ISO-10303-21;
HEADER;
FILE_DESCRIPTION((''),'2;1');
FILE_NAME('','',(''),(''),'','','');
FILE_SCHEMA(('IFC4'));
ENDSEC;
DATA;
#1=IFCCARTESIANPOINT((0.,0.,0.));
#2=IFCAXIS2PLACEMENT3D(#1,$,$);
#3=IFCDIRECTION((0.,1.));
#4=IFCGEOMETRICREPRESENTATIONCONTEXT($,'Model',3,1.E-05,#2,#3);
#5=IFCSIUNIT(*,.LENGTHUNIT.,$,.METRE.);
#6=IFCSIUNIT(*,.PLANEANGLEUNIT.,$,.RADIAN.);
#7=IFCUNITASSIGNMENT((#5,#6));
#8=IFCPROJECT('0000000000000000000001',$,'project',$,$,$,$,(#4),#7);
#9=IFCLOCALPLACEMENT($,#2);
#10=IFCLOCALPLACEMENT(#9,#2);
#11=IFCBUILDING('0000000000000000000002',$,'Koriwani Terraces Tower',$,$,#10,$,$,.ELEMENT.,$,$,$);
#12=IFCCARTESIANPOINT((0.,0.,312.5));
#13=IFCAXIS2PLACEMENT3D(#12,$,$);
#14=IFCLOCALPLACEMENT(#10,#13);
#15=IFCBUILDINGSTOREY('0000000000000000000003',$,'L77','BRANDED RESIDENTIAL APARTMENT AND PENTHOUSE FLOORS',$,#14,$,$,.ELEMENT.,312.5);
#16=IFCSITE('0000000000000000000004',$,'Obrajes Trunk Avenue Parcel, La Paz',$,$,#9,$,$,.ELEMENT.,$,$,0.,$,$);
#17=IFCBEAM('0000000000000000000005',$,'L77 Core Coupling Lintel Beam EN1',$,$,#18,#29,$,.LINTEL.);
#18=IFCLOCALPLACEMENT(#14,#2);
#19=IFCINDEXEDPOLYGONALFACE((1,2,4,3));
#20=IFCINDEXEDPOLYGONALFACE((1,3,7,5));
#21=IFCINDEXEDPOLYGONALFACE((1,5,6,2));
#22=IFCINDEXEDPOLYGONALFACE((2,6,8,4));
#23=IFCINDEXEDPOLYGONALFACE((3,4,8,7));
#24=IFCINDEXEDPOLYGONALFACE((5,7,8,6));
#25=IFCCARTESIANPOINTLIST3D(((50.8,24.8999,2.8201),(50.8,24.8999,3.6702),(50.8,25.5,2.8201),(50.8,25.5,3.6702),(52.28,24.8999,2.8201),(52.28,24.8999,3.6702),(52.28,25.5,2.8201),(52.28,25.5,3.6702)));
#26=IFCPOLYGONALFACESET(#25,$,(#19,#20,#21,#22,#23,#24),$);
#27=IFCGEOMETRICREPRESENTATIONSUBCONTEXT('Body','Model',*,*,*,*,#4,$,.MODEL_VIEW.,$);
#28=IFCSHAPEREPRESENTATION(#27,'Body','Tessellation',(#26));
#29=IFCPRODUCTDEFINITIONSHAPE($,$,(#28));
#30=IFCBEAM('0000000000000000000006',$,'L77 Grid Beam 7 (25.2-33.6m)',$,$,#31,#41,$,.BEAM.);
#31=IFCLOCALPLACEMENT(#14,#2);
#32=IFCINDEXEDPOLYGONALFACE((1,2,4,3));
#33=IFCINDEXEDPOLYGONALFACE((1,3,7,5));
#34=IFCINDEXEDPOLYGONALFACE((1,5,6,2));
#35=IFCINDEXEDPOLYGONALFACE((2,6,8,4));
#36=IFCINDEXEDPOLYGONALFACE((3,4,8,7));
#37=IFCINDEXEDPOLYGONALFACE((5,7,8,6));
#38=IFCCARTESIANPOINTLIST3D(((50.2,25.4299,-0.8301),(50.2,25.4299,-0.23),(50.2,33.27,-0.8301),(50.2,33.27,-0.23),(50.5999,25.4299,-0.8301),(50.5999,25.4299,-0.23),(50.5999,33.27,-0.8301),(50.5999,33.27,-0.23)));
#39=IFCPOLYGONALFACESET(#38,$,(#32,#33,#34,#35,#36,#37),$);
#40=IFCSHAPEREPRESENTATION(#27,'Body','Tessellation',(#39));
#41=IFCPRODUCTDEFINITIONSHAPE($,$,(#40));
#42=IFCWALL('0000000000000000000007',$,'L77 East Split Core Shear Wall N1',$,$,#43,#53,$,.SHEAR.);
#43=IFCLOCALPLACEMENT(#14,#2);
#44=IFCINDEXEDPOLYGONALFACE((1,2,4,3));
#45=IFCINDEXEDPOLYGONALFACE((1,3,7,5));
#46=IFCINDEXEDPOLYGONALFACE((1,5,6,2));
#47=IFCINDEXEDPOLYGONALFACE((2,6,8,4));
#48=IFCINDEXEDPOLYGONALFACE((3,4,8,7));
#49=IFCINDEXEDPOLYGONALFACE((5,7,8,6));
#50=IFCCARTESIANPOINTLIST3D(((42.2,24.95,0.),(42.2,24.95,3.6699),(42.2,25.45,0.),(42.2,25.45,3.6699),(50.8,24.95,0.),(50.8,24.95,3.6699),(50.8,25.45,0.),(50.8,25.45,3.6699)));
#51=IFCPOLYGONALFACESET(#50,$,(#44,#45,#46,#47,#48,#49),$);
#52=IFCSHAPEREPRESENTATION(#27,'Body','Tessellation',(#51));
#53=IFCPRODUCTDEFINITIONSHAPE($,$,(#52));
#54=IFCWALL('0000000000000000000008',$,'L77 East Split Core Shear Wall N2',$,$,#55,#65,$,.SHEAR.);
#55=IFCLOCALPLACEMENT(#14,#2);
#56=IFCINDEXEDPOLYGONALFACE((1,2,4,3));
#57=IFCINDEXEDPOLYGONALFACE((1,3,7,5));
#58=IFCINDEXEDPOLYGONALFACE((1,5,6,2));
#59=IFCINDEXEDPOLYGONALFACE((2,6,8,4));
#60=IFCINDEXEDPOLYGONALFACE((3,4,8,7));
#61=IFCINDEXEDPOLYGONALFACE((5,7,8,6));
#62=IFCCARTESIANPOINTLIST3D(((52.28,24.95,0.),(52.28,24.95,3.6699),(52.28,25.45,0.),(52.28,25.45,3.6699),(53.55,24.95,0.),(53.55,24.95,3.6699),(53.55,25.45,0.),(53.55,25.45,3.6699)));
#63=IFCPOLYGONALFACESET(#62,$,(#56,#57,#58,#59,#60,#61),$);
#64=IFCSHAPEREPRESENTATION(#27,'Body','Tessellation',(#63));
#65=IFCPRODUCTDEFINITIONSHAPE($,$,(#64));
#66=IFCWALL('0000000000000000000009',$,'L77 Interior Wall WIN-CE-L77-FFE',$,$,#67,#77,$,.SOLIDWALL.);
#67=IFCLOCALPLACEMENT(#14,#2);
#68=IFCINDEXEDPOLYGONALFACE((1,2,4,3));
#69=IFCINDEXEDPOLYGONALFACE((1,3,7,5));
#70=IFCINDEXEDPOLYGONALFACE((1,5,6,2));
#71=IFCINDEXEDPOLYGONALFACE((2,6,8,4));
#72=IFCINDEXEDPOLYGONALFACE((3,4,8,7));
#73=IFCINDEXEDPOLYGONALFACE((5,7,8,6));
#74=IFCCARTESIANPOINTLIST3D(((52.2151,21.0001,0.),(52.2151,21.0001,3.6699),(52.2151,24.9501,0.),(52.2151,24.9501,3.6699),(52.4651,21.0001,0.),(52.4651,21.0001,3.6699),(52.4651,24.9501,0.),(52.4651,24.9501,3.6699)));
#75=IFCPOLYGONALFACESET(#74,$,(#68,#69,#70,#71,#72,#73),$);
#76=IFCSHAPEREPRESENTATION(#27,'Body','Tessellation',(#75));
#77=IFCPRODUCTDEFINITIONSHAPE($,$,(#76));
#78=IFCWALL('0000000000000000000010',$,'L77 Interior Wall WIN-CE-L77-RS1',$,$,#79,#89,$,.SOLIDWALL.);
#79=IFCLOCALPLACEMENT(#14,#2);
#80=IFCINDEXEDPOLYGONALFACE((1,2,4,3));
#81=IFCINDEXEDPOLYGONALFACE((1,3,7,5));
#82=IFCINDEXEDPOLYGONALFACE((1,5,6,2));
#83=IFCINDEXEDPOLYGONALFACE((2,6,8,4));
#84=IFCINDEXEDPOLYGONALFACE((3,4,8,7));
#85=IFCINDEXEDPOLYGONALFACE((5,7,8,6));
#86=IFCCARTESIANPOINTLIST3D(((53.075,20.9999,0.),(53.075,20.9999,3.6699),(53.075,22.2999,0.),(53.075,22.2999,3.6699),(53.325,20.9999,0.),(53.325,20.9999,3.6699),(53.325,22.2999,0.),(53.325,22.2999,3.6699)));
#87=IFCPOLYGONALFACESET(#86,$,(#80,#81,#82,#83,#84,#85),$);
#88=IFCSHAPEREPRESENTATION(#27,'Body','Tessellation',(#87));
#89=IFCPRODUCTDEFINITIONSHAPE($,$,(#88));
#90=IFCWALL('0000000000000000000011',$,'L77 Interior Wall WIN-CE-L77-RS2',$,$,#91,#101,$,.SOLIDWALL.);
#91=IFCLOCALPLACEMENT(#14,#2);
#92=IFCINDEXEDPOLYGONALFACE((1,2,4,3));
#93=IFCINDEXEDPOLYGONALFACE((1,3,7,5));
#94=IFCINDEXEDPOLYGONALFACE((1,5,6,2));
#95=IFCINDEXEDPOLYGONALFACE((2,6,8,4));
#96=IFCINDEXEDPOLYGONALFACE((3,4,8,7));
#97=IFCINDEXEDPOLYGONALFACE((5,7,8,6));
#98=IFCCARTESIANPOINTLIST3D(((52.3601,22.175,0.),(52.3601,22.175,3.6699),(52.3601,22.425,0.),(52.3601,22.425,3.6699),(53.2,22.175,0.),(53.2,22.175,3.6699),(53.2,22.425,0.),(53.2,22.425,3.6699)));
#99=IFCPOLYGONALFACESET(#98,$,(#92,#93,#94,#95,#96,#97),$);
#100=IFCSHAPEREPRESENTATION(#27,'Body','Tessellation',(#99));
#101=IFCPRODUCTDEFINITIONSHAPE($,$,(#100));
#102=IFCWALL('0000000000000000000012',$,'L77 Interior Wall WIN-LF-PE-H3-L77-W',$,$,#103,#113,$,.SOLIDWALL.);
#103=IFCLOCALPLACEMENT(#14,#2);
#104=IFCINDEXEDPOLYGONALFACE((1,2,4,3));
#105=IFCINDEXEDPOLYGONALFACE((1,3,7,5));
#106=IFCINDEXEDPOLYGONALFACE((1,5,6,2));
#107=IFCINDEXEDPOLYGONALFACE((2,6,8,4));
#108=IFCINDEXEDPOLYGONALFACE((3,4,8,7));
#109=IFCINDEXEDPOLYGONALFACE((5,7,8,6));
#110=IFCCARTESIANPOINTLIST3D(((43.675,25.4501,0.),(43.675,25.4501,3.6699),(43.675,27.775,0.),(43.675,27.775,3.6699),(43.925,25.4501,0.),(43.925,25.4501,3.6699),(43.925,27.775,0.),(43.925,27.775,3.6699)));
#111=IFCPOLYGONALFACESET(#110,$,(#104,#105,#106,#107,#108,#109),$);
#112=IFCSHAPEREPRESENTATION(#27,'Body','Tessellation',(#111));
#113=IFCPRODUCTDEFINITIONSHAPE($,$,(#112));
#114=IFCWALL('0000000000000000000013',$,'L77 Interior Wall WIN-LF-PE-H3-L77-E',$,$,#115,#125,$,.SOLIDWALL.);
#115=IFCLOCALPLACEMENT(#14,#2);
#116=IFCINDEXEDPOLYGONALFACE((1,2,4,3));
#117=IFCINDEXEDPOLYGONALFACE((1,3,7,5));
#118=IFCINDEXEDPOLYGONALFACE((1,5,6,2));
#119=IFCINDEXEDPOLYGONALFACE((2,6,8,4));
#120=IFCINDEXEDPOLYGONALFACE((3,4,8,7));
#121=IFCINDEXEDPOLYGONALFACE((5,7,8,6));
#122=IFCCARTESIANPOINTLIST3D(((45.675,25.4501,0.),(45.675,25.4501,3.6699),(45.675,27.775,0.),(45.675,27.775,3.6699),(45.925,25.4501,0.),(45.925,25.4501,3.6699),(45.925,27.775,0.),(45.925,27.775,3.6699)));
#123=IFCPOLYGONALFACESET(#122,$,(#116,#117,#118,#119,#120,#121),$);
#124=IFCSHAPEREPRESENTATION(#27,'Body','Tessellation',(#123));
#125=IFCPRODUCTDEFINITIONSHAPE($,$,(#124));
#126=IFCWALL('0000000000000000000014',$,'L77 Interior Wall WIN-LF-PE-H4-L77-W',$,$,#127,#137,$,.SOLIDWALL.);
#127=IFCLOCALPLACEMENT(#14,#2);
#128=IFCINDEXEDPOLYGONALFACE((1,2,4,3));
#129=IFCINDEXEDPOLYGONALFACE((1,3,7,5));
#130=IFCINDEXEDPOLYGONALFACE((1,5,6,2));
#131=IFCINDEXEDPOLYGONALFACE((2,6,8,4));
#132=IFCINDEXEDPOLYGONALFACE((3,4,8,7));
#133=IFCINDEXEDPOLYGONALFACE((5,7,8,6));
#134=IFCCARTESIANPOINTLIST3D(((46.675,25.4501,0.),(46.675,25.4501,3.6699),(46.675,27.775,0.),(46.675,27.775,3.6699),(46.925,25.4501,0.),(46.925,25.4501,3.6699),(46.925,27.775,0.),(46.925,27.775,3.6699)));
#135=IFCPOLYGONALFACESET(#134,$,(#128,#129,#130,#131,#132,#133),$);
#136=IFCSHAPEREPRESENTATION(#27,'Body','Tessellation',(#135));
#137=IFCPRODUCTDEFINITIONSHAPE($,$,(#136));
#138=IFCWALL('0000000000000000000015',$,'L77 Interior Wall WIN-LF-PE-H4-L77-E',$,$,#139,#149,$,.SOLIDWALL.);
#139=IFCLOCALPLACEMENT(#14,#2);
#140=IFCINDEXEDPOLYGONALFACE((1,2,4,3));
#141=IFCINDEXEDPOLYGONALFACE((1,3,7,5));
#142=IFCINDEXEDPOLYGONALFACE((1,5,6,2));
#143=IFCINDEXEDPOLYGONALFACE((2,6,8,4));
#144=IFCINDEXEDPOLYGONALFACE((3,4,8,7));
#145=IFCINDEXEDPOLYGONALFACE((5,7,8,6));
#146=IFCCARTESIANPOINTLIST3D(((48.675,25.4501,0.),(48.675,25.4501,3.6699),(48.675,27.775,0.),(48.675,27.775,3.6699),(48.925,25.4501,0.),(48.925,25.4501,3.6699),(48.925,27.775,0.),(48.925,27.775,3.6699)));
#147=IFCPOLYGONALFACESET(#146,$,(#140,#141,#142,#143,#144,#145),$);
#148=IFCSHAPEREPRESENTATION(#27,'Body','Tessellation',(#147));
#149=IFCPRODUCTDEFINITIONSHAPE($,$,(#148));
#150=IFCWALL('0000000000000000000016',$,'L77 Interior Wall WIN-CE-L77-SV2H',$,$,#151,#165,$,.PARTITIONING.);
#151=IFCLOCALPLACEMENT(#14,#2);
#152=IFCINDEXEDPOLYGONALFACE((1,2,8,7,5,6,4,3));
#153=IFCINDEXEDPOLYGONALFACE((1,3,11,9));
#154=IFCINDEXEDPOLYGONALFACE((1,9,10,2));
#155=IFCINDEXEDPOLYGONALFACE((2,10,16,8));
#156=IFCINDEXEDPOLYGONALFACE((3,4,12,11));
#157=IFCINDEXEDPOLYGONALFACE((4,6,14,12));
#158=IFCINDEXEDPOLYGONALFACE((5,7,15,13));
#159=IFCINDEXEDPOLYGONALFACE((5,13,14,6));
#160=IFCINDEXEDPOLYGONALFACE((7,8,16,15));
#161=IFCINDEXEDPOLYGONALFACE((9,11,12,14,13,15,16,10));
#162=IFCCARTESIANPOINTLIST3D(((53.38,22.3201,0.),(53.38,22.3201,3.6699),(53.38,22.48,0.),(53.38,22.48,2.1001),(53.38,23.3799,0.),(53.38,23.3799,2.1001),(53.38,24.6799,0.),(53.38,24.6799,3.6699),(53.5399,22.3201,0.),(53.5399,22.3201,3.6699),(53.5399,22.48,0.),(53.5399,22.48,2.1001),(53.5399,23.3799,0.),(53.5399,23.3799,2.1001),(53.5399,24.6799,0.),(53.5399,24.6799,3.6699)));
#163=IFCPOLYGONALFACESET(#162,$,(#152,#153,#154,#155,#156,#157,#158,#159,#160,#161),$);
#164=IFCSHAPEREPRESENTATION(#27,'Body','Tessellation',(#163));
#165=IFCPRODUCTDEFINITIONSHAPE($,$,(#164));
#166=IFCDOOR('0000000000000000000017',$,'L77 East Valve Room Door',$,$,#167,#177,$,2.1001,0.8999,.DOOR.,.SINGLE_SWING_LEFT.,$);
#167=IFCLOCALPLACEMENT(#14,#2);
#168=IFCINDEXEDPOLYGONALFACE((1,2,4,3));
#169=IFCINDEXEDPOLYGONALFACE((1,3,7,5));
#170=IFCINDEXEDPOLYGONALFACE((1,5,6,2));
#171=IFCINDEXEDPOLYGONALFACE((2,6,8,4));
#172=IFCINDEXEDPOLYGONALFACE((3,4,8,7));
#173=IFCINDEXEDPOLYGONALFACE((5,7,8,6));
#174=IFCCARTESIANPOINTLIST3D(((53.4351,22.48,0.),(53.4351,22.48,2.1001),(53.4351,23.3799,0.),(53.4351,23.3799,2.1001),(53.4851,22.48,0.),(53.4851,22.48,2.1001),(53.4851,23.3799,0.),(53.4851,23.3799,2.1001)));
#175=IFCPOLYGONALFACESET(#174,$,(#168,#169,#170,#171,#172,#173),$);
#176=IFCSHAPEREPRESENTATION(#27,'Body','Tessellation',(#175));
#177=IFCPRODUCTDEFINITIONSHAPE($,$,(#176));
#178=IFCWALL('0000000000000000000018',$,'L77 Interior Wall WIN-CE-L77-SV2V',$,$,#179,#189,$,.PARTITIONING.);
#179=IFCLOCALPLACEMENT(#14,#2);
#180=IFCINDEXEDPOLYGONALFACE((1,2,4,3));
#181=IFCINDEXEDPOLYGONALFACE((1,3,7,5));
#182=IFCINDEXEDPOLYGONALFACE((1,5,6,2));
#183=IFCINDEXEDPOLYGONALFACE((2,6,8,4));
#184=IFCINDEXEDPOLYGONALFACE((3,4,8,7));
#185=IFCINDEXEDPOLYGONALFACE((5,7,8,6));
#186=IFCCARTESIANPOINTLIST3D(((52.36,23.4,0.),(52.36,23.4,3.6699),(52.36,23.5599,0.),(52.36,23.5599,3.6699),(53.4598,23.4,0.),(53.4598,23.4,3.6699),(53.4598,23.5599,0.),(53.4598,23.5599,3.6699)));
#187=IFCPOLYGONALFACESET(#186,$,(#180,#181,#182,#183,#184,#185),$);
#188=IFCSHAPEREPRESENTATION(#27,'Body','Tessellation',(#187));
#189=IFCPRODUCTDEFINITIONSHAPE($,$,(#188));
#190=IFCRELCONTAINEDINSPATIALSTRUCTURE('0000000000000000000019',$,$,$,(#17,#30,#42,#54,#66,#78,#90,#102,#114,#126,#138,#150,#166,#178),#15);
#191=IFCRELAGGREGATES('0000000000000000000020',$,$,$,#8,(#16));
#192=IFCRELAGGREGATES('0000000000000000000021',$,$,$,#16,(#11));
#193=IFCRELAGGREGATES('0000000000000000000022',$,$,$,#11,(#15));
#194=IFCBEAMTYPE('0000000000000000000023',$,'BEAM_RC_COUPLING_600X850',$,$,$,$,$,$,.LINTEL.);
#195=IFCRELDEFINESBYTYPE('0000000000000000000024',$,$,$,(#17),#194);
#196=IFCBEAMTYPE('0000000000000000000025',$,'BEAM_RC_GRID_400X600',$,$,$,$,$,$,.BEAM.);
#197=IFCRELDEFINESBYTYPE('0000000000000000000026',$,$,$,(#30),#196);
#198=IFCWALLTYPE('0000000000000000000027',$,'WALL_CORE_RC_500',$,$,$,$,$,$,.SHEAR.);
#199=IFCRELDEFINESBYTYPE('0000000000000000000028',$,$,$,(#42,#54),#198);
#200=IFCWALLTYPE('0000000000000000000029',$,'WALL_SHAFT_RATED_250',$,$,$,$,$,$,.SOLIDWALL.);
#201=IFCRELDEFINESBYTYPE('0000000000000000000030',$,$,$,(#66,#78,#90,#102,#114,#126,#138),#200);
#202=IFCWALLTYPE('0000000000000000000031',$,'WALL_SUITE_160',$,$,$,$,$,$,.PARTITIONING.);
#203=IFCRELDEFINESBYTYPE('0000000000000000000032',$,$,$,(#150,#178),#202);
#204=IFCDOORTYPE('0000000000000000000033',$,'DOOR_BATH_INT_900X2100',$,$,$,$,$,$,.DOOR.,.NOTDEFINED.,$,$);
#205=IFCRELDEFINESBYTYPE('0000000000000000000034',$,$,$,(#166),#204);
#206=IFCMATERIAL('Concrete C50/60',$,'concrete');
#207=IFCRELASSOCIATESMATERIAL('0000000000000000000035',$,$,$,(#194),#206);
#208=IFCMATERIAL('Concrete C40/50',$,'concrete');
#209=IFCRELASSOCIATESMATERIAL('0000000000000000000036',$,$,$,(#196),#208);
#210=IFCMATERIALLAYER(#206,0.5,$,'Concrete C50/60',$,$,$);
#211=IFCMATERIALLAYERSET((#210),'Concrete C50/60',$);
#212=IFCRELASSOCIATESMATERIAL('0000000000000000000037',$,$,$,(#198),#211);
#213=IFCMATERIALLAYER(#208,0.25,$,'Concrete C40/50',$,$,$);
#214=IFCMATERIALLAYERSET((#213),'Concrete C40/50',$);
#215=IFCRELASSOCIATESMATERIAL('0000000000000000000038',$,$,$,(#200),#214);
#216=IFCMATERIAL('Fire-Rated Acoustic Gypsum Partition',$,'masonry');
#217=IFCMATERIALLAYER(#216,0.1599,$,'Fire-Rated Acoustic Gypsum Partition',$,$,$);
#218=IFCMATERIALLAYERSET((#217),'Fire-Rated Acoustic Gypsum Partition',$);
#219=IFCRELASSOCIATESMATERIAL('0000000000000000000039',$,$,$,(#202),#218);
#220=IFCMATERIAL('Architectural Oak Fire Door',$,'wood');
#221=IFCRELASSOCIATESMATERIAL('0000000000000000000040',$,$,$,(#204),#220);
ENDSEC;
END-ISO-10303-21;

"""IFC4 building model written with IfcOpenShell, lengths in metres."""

from ifc_helpers import new_model, si_unit, direction, frame, frame_2d, origin, origin_2d, place, context, subcontext, project, spatial, rectangle, extrude, material, layer, layer_set, material_profile, profile_set, type_object, element, fill, save


model = new_model("IFC4")

# Units and contexts
model_context = context("Model", 3, precision=1e-05, world=origin(), true_north=direction((0.0, 1.0)))
body_context = subcontext(model_context, "Body", "Model", "MODEL_VIEW")
ifc_project = project(units=[si_unit("LENGTHUNIT", "METRE"), si_unit("PLANEANGLEUNIT", "RADIAN")], contexts=[model_context])

# Site, building, storey
site_placement = place(None, origin())
site = spatial("IfcSite", under=ifc_project, at=site_placement, Name="Obrajes Trunk Avenue Parcel, La Paz", CompositionType="ELEMENT", RefElevation=0.0)
building_placement = place(site_placement, origin())
building = spatial("IfcBuilding", under=site, at=building_placement, Name="Koriwani Terraces Tower", CompositionType="ELEMENT")
storey_placement = place(building_placement, frame((0.0, 0.0, 312.5)))
storey = spatial("IfcBuildingStorey", under=building, at=storey_placement, Name="L77", Description="BRANDED RESIDENTIAL APARTMENT AND PENTHOUSE FLOORS", CompositionType="ELEMENT", Elevation=312.5)

# Beams
ifc_material_1 = material(Name="Concrete C50/60", Category="concrete")
ifc_material_profile_1 = material_profile(ifc_material_1, rectangle(XDim=0.6001, YDim=0.8501, at=origin_2d()), Name="Concrete C50/60", Category="LoadBearing")
ifc_profile_set_1 = profile_set([ifc_material_profile_1], Name="Concrete C50/60")
beam_type_1 = type_object("IfcBeamType", Name="BEAM_RC_COUPLING_600X850", PredefinedType="LINTEL", material=ifc_profile_set_1)
beam_1_placement = place(storey_placement, frame((50.8, 25.2, 3.2451), z_axis=(1.0, 0.0, 0.0), x_axis=(0.0, 1.0, 0.0)))
element("IfcBeam", 1, at=beam_1_placement, inside=storey, type_object=beam_type_1, Name="L77 Core Coupling Lintel Beam EN1", PredefinedType="LINTEL", context=body_context, shape_type="SweptSolid", body=[
    extrude(rectangle(XDim=0.6001, YDim=0.8501, at=origin_2d()), origin(), (0.0, 0.0, 1.0), 1.48),
])
ifc_material_2 = material(Name="Concrete C40/50", Category="concrete")
ifc_material_profile_2 = material_profile(ifc_material_2, rectangle(XDim=0.3999, YDim=0.6001, at=origin_2d()), Name="Concrete C40/50", Category="LoadBearing")
ifc_profile_set_2 = profile_set([ifc_material_profile_2], Name="Concrete C40/50")
beam_type_2 = type_object("IfcBeamType", Name="BEAM_RC_GRID_400X600", PredefinedType="BEAM", material=ifc_profile_set_2)
beam_2_placement = place(storey_placement, frame((50.3999, 25.4299, -0.53), z_axis=(0.0, 1.0, 0.0), x_axis=(-1.0, 0.0, 0.0)))
element("IfcBeam", 2, at=beam_2_placement, inside=storey, type_object=beam_type_2, Name="L77 Grid Beam 7 (25.2-33.6m)", PredefinedType="BEAM", context=body_context, shape_type="SweptSolid", body=[
    extrude(rectangle(XDim=0.3999, YDim=0.6001, at=origin_2d()), origin(), (0.0, 0.0, 1.0), 7.8401),
])

# Walls
ifc_layer_1 = layer(ifc_material_1, 0.5, Name="Concrete C50/60")
ifc_layer_set_1 = layer_set([ifc_layer_1], Name="Concrete C50/60")
wall_type_1 = type_object("IfcWallType", Name="WALL_CORE_RC_500", PredefinedType="SHEAR", material=ifc_layer_set_1)
wall_1_placement = place(storey_placement, frame((42.2, 25.2, 0.0), z_axis=(0.0, 0.0, 1.0), x_axis=(1.0, 0.0, 0.0)))
element("IfcWall", 3, at=wall_1_placement, inside=storey, type_object=wall_type_1, Name="L77 East Split Core Shear Wall N1", PredefinedType="SHEAR", context=body_context, shape_type="SweptSolid", body=[
    extrude(rectangle(XDim=8.6001, YDim=0.5, at=frame_2d((4.3, 0.0))), origin(), (0.0, 0.0, 1.0), 3.6699),
])
wall_2_placement = place(storey_placement, frame((52.28, 25.2, 0.0), z_axis=(0.0, 0.0, 1.0), x_axis=(1.0, 0.0, 0.0)))
element("IfcWall", 4, at=wall_2_placement, inside=storey, type_object=wall_type_1, Name="L77 East Split Core Shear Wall N2", PredefinedType="SHEAR", context=body_context, shape_type="SweptSolid", body=[
    extrude(rectangle(XDim=1.27, YDim=0.5, at=frame_2d((0.635, 0.0))), origin(), (0.0, 0.0, 1.0), 3.6699),
])

# Shared definitions
ifc_layer_2 = layer(ifc_material_2, 0.25, Name="Concrete C40/50")
ifc_layer_set_2 = layer_set([ifc_layer_2], Name="Concrete C40/50")
wall_type_2 = type_object("IfcWallType", Name="WALL_SHAFT_RATED_250", PredefinedType="SOLIDWALL", material=ifc_layer_set_2)

# Walls
wall_3_placement = place(storey_placement, frame((52.3401, 21.0, 0.0), z_axis=(0.0, 0.0, 1.0), x_axis=(0.0, 1.0, 0.0)))
element("IfcWall", 5, at=wall_3_placement, inside=storey, type_object=wall_type_2, Name="L77 Interior Wall WIN-CE-L77-FFE", PredefinedType="SOLIDWALL", context=body_context, shape_type="SweptSolid", body=[
    extrude(rectangle(XDim=3.95, YDim=0.25, at=frame_2d((1.9751, 0.0))), origin(), (0.0, 0.0, 1.0), 3.6699),
])
wall_4_placement = place(storey_placement, frame((53.2, 21.0, 0.0), z_axis=(0.0, 0.0, 1.0), x_axis=(0.0, 1.0, 0.0)))
element("IfcWall", 6, at=wall_4_placement, inside=storey, type_object=wall_type_2, Name="L77 Interior Wall WIN-CE-L77-RS1", PredefinedType="SOLIDWALL", context=body_context, shape_type="SweptSolid", body=[
    extrude(rectangle(XDim=1.3, YDim=0.25, at=frame_2d((0.6499, 0.0))), origin(), (0.0, 0.0, 1.0), 3.6699),
])
wall_5_placement = place(storey_placement, frame((52.3601, 22.3, 0.0), z_axis=(0.0, 0.0, 1.0), x_axis=(1.0, 0.0, 0.0)))
element("IfcWall", 7, at=wall_5_placement, inside=storey, type_object=wall_type_2, Name="L77 Interior Wall WIN-CE-L77-RS2", PredefinedType="SOLIDWALL", context=body_context, shape_type="SweptSolid", body=[
    extrude(rectangle(XDim=0.8398, YDim=0.25, at=frame_2d((0.4199, 0.0))), origin(), (0.0, 0.0, 1.0), 3.6699),
])

# Walls
for number, where, z_axis, x_axis, name in (
    (8, (43.8, 25.45, 0.0), (0.0, 0.0, 1.0), (0.0, 1.0, 0.0), "L77 Interior Wall WIN-LF-PE-H3-L77-W"),
    (9, (45.8, 25.45, 0.0), (0.0, 0.0, 1.0), (0.0, 1.0, 0.0), "L77 Interior Wall WIN-LF-PE-H3-L77-E"),
    (10, (46.8, 25.45, 0.0), (0.0, 0.0, 1.0), (0.0, 1.0, 0.0), "L77 Interior Wall WIN-LF-PE-H4-L77-W"),
    (11, (48.8, 25.45, 0.0), (0.0, 0.0, 1.0), (0.0, 1.0, 0.0), "L77 Interior Wall WIN-LF-PE-H4-L77-E"),
):
    element("IfcWall", number, at=place(storey_placement, frame(where, z_axis=z_axis, x_axis=x_axis)), inside=storey, type_object=wall_type_2, Name=name, PredefinedType="SOLIDWALL", context=body_context, shape_type="SweptSolid", body=[
        extrude(rectangle(XDim=2.325, YDim=0.25, at=frame_2d((1.1626, 0.0))), origin(), (0.0, 0.0, 1.0), 3.6699),
    ])

# Wall, opening, door
ifc_material_3 = material(Name="Fire-Rated Acoustic Gypsum Partition", Category="masonry")
ifc_layer_3 = layer(ifc_material_3, 0.1599, Name="Fire-Rated Acoustic Gypsum Partition")
ifc_layer_set_3 = layer_set([ifc_layer_3], Name="Fire-Rated Acoustic Gypsum Partition")
wall_type_3 = type_object("IfcWallType", Name="WALL_SUITE_160", PredefinedType="PARTITIONING", material=ifc_layer_set_3)
wall_6_placement = place(storey_placement, frame((53.46, 22.3201, 0.0), z_axis=(0.0, 0.0, 1.0), x_axis=(0.0, 1.0, 0.0)))
wall_6 = element("IfcWall", 12, at=wall_6_placement, inside=storey, type_object=wall_type_3, Name="L77 Interior Wall WIN-CE-L77-SV2H", PredefinedType="PARTITIONING", context=body_context, shape_type="SweptSolid", body=[
    extrude(rectangle(XDim=2.3599, YDim=0.1599, at=frame_2d((1.1799, 0.0))), origin(), (0.0, 0.0, 1.0), 3.6699),
])
opening_1_placement = place(wall_6_placement, frame((0.1599, 0.0, 0.0)))
opening_1 = element("IfcOpeningElement", 13, at=opening_1_placement, cuts=wall_6, PredefinedType="OPENING", context=body_context, shape_type="SweptSolid", body=[
    extrude(rectangle(XDim=0.8999, YDim=2.1001, at=frame_2d((0.45, 1.05))), frame((0.0, 0.0898, 0.0), z_axis=(0.0, -1.0, 0.0), x_axis=(1.0, 0.0, 0.0)), (0.0, 0.0, 1.0), 0.1799),
])
ifc_material_4 = material(Name="Architectural Oak Fire Door", Category="wood")
door_type_1 = type_object("IfcDoorType", Name="DOOR_BATH_INT_900X2100", OperationType="NOTDEFINED", PredefinedType="DOOR", material=ifc_material_4)
door_1_placement = place(opening_1_placement, origin())
door_1 = element("IfcDoor", 14, at=door_1_placement, inside=storey, type_object=door_type_1, Name="L77 East Valve Room Door", OperationType="SINGLE_SWING_LEFT", OverallHeight=2.1001, OverallWidth=0.8999, PredefinedType="DOOR", context=body_context, shape_type="SweptSolid", body=[
    extrude(rectangle(XDim=0.8999, YDim=2.1001, at=frame_2d((0.45, 1.05))), frame((0.0, 0.0249, 0.0), z_axis=(0.0, -1.0, 0.0), x_axis=(1.0, 0.0, 0.0)), (0.0, 0.0, 1.0), 0.05),
])
fill(opening_1, door_1)

# Wall
wall_7_placement = place(storey_placement, frame((52.3601, 23.48, 0.0), z_axis=(0.0, 0.0, 1.0), x_axis=(1.0, 0.0, 0.0)))
element("IfcWall", 15, at=wall_7_placement, inside=storey, type_object=wall_type_3, Name="L77 Interior Wall WIN-CE-L77-SV2V", PredefinedType="PARTITIONING", context=body_context, shape_type="SweptSolid", body=[
    extrude(rectangle(XDim=1.0999, YDim=0.1599, at=frame_2d((0.5498, 0.0))), origin(), (0.0, 0.0, 1.0), 3.6699),
])

save(model, "model.ifc")
